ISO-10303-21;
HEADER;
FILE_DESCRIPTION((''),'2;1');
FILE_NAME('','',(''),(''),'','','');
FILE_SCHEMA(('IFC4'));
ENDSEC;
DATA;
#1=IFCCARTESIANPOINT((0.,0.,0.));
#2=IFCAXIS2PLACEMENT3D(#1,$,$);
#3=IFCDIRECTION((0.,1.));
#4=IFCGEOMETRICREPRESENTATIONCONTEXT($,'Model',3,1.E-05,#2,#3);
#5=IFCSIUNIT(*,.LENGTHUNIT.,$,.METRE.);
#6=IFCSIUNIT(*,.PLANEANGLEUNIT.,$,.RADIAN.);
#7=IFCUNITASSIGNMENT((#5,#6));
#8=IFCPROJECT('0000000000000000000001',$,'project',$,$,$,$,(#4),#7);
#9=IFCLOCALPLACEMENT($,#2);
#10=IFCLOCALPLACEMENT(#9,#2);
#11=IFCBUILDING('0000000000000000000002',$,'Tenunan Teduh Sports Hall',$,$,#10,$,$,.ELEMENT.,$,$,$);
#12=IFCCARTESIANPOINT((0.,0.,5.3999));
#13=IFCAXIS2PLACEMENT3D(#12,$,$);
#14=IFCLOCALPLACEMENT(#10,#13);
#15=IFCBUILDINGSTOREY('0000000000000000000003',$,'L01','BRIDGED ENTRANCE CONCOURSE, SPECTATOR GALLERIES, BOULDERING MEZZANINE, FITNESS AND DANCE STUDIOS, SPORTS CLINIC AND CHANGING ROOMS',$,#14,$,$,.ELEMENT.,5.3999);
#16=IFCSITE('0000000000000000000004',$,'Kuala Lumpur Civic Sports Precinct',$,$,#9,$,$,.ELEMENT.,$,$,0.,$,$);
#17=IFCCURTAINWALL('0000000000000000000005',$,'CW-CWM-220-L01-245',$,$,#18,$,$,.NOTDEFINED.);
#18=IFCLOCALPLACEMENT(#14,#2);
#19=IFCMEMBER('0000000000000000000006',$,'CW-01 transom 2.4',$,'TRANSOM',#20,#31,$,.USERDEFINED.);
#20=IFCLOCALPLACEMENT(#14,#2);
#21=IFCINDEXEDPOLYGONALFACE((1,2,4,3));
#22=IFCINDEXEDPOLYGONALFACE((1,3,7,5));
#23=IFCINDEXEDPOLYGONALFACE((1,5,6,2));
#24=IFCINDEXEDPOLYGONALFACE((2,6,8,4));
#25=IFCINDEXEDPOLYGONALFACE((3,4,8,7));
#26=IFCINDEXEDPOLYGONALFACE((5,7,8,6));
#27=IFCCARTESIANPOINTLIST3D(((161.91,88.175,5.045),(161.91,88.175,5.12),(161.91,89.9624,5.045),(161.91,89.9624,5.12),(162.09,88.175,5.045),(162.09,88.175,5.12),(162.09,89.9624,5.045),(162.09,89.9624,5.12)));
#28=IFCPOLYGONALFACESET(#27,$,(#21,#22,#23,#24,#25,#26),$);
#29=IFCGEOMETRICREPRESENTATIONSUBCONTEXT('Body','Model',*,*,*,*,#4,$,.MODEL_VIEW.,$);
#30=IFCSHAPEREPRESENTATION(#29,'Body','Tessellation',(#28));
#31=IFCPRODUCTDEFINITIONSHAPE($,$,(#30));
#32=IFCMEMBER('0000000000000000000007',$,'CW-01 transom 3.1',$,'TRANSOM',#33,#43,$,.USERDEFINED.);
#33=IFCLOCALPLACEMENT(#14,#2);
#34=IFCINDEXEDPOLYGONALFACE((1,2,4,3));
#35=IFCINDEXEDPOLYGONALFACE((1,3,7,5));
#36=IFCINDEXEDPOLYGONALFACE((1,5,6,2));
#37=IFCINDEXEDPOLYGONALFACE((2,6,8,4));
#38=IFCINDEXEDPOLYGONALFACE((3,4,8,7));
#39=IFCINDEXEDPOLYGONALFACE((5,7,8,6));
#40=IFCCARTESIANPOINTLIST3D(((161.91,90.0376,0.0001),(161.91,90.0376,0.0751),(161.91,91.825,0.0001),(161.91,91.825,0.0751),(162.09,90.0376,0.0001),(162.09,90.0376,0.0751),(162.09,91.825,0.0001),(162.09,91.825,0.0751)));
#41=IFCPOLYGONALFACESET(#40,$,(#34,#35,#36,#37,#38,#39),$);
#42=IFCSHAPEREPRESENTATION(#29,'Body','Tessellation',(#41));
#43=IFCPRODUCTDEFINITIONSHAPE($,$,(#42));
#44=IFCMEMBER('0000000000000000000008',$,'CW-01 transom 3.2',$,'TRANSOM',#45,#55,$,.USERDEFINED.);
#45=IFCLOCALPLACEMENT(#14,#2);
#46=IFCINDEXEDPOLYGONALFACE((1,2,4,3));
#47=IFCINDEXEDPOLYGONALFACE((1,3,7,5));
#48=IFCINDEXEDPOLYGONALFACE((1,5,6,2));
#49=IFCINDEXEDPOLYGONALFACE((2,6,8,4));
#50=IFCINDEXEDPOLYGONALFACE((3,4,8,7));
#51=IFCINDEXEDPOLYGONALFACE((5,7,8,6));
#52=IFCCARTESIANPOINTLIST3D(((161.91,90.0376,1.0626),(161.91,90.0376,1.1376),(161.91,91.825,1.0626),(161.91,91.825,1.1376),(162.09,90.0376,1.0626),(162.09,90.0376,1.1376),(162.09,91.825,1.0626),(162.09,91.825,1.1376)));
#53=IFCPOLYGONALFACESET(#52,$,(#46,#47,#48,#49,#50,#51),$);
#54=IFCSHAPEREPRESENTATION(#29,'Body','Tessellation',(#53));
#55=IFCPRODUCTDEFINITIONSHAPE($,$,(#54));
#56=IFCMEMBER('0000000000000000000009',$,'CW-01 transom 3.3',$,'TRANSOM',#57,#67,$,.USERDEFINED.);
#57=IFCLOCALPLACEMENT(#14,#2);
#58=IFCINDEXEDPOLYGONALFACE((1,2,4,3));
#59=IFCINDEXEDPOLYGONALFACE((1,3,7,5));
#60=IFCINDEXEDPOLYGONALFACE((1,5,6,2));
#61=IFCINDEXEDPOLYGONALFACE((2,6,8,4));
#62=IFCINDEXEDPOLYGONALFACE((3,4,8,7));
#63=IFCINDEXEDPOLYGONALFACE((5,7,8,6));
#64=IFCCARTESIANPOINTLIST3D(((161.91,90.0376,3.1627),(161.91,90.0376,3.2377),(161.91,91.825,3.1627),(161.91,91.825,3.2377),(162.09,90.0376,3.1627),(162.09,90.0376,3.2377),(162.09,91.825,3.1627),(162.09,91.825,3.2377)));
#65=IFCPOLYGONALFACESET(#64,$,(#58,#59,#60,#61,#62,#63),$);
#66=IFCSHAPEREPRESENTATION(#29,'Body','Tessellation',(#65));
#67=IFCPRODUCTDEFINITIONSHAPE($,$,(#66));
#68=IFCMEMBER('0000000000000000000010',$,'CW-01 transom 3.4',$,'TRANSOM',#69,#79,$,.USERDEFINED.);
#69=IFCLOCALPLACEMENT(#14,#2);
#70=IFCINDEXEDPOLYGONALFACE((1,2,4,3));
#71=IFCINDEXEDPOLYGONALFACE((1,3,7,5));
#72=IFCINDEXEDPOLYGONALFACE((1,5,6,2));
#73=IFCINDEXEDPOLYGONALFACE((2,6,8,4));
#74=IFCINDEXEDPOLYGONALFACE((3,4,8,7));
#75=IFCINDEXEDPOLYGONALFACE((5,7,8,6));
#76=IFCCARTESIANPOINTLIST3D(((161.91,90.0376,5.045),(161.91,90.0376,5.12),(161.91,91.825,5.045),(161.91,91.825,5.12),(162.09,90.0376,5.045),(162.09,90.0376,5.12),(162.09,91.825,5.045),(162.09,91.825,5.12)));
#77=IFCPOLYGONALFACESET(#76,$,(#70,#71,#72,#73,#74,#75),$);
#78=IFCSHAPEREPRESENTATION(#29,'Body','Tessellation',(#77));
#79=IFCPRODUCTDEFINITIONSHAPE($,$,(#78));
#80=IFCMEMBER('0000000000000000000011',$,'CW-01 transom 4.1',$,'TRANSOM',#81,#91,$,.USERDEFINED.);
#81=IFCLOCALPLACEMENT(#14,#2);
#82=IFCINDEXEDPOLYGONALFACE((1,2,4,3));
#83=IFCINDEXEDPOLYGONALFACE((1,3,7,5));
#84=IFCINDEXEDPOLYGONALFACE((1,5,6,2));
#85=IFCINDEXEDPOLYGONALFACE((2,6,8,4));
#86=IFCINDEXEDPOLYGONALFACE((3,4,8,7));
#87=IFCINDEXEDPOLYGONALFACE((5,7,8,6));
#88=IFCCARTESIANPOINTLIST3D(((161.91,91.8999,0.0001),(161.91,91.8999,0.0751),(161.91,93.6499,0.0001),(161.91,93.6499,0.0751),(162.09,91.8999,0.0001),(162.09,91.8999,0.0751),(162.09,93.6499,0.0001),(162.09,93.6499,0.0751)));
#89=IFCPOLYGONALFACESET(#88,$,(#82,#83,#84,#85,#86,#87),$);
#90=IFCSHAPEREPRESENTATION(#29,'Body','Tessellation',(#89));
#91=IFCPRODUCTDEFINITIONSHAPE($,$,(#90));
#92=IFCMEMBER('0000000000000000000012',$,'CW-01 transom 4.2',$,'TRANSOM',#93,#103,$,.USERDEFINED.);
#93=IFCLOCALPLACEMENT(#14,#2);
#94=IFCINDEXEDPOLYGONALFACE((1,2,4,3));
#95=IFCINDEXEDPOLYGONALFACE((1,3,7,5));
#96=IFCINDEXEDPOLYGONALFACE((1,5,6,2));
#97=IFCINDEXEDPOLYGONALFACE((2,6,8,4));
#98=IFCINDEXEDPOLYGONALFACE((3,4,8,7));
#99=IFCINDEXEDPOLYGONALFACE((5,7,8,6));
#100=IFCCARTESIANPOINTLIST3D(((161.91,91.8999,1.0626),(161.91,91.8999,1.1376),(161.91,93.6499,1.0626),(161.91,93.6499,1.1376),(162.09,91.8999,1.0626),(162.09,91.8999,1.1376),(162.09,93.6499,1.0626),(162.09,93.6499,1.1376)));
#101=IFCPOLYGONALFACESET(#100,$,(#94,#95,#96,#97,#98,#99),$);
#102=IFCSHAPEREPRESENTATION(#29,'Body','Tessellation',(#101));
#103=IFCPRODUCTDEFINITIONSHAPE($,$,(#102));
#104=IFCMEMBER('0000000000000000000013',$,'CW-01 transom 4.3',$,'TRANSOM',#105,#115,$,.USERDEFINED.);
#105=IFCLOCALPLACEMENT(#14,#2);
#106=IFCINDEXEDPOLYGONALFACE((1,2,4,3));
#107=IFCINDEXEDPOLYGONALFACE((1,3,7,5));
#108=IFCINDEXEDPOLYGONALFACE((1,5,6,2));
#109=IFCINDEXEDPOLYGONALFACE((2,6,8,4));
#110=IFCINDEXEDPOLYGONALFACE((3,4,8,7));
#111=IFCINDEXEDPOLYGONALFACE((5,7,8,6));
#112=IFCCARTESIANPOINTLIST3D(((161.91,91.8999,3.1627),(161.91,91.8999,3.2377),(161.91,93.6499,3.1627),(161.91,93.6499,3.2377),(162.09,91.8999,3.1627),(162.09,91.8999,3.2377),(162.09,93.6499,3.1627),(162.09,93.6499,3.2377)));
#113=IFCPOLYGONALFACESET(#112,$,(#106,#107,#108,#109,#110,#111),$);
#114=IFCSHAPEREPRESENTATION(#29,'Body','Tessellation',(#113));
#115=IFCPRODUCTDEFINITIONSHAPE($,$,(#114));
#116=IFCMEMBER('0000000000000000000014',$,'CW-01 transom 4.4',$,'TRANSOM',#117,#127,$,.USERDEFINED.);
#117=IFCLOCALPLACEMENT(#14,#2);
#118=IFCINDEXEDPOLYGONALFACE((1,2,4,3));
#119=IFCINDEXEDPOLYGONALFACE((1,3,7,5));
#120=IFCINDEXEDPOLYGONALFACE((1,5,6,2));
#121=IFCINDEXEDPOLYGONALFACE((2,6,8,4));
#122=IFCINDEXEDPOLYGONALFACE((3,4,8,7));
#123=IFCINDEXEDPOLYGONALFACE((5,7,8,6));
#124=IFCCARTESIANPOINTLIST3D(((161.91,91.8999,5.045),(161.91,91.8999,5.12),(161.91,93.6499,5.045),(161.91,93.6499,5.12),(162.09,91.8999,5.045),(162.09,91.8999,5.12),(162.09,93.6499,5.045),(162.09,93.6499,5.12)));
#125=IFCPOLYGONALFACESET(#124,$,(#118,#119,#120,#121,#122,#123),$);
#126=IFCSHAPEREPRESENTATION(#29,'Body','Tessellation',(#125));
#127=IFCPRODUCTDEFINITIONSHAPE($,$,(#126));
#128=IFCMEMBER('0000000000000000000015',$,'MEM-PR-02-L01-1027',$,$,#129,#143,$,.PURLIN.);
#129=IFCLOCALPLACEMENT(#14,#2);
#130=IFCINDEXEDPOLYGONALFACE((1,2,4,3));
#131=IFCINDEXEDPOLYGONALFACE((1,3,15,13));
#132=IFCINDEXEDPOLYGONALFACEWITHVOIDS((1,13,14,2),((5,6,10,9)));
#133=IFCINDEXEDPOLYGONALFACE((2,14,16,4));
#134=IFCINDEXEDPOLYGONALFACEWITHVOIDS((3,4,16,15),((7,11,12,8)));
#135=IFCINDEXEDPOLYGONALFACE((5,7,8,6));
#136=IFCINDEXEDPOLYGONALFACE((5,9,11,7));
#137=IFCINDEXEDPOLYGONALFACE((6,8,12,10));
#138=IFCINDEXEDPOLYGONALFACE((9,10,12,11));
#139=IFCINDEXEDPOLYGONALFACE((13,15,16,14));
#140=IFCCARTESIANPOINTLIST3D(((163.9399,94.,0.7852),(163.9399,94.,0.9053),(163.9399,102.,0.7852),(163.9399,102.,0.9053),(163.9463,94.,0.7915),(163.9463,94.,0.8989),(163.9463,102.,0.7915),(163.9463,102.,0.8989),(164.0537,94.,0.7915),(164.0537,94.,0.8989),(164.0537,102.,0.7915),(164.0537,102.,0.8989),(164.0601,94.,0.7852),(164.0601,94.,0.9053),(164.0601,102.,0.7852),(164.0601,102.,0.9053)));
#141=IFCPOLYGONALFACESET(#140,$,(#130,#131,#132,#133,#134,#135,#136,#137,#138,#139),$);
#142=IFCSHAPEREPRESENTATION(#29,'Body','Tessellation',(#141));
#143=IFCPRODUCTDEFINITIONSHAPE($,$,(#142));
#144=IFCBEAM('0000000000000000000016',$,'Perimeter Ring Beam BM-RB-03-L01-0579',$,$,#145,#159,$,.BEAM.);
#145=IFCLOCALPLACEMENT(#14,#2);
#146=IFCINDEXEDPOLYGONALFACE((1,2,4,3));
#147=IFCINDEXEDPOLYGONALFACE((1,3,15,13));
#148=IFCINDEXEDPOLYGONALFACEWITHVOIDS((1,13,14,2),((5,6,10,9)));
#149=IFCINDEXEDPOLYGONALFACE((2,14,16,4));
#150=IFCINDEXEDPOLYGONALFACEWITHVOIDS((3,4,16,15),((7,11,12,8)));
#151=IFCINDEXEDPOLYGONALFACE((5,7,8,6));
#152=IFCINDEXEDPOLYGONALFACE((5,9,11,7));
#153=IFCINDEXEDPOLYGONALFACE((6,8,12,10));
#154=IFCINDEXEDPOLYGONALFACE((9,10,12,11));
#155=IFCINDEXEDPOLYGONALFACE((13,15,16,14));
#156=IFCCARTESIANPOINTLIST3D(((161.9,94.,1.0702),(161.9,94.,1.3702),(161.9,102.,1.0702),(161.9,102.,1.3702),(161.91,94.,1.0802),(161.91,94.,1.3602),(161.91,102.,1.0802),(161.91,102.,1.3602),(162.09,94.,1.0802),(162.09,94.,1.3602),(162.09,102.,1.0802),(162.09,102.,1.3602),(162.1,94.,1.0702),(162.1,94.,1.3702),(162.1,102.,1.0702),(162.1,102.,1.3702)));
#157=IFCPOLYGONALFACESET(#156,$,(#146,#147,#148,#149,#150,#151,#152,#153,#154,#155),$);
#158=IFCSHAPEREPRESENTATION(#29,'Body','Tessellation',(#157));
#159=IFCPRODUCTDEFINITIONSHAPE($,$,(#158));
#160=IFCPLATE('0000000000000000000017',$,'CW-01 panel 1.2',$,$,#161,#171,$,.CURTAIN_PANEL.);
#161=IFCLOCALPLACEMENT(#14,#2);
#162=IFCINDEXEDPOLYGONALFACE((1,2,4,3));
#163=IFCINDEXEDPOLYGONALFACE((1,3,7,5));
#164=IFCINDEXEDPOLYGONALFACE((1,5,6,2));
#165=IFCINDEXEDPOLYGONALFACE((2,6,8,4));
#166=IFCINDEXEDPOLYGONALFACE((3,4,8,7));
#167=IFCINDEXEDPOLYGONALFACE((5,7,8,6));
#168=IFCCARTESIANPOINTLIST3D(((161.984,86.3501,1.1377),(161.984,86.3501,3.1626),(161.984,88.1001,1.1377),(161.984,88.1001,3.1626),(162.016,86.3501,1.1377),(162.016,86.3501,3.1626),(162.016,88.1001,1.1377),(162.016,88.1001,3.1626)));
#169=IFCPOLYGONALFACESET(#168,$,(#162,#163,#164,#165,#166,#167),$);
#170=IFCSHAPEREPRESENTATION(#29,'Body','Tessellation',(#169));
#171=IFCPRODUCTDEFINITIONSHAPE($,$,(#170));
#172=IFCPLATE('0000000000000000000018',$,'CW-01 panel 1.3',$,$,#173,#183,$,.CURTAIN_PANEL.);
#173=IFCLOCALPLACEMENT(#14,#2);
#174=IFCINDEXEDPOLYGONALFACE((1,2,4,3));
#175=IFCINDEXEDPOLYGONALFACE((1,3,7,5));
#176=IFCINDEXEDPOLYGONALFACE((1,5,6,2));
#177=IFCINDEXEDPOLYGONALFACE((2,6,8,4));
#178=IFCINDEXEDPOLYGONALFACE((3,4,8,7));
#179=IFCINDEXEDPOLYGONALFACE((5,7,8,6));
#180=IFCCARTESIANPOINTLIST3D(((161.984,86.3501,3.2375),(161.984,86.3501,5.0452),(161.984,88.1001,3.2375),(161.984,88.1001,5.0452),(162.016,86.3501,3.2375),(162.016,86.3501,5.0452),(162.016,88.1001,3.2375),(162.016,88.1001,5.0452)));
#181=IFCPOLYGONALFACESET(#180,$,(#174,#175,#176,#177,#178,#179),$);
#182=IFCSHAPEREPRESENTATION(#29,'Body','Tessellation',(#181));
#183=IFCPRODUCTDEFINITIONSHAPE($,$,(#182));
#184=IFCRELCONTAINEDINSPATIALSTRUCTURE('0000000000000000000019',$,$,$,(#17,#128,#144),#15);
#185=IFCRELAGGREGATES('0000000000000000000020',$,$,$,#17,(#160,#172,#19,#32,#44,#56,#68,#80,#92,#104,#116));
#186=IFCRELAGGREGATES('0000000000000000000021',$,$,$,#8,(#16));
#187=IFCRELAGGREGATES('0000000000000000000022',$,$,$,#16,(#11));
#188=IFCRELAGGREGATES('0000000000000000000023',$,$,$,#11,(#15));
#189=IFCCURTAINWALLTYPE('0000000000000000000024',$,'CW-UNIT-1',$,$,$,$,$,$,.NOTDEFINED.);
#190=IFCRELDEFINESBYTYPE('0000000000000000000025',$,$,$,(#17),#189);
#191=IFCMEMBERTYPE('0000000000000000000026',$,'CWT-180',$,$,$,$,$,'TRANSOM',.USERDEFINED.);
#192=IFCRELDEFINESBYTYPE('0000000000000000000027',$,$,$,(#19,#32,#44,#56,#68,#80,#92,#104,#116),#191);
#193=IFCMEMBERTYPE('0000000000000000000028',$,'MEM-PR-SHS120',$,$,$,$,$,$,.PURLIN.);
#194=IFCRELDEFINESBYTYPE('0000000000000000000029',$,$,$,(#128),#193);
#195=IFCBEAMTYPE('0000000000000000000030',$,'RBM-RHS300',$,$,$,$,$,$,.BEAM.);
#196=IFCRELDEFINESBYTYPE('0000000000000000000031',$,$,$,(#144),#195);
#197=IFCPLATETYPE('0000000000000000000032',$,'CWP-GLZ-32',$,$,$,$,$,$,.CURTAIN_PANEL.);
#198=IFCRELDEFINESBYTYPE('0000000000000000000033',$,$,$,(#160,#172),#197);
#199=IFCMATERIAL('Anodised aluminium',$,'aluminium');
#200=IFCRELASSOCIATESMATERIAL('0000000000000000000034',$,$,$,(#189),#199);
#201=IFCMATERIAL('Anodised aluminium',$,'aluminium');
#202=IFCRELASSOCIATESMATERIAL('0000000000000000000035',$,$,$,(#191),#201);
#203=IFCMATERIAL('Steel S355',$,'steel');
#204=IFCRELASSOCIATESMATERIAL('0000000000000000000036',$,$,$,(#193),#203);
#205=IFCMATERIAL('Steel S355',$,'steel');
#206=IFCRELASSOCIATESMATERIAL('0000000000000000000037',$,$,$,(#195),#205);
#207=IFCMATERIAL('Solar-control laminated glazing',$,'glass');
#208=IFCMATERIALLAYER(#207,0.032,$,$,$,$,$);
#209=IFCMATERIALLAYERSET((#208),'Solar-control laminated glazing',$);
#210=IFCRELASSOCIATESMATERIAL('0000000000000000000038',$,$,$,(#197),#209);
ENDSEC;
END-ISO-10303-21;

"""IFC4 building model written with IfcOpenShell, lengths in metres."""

from ifc_helpers import new_model, si_unit, direction, frame, origin, origin_2d, place, context, subcontext, project, spatial, rectangle, hollow_rectangle, extrude, material, layer, layer_set, material_profile, profile_set, type_object, element, aggregate, save


model = new_model("IFC4")

# Units and contexts
model_context = context("Model", 3, precision=1e-05, world=origin(), true_north=direction((0.0, 1.0)))
body_context = subcontext(model_context, "Body", "Model", "MODEL_VIEW")
ifc_project = project(units=[si_unit("LENGTHUNIT", "METRE"), si_unit("PLANEANGLEUNIT", "RADIAN")], contexts=[model_context])

# Site, building, storey
site_placement = place(None, origin())
site = spatial("IfcSite", under=ifc_project, at=site_placement, Name="Kuala Lumpur Civic Sports Precinct", CompositionType="ELEMENT", RefElevation=0.0)
building_placement = place(site_placement, origin())
building = spatial("IfcBuilding", under=site, at=building_placement, Name="Tenunan Teduh Sports Hall", CompositionType="ELEMENT")
storey_placement = place(building_placement, frame((0.0, 0.0, 5.3999)))
storey = spatial("IfcBuildingStorey", under=building, at=storey_placement, Name="L01", Description="BRIDGED ENTRANCE CONCOURSE, SPECTATOR GALLERIES, BOULDERING MEZZANINE, FITNESS AND DANCE STUDIOS, SPORTS CLINIC AND CHANGING ROOMS", CompositionType="ELEMENT", Elevation=5.3999)

# Curtain wall, members
ifc_material_1 = material(Name="Anodised aluminium", Category="aluminium")
curtain_wall_type = type_object("IfcCurtainWallType", Name="CW-UNIT-1", PredefinedType="NOTDEFINED", material=ifc_material_1)
curtain_wall_placement = place(storey_placement, origin())
curtain_wall = element("IfcCurtainWall", 1, at=curtain_wall_placement, inside=storey, type_object=curtain_wall_type, Name="CW-CWM-220-L01-245", PredefinedType="NOTDEFINED")
ifc_material_2 = material(Name="Anodised aluminium", Category="aluminium")
ifc_material_profile_1 = material_profile(ifc_material_2, rectangle(XDim=0.075, YDim=0.1799, at=origin_2d()), Name="CWT 75x180")
ifc_profile_set_1 = profile_set([ifc_material_profile_1], Name="Anodised aluminium")
member_type_1 = type_object("IfcMemberType", Name="CWT-180", ElementType="TRANSOM", PredefinedType="USERDEFINED", material=ifc_profile_set_1)
member_1_placement = place(storey_placement, frame((162.0, 88.175, 5.0825), z_axis=(0.0, 1.0, 0.0), x_axis=(0.0, 0.0, 1.0)))
member_1 = element("IfcMember", 2, at=member_1_placement, type_object=member_type_1, Name="CW-01 transom 2.4", ObjectType="TRANSOM", PredefinedType="USERDEFINED", context=body_context, shape_type="SweptSolid", body=[
    extrude(rectangle(XDim=0.075, YDim=0.1799, at=origin_2d()), origin(), (0.0, 0.0, 1.0), 1.7874),
])
member_2_placement = place(storey_placement, frame((162.0, 90.0376, 0.0376), z_axis=(0.0, 1.0, 0.0), x_axis=(0.0, 0.0, 1.0)))
member_2 = element("IfcMember", 3, at=member_2_placement, type_object=member_type_1, Name="CW-01 transom 3.1", ObjectType="TRANSOM", PredefinedType="USERDEFINED", context=body_context, shape_type="SweptSolid", body=[
    extrude(rectangle(XDim=0.075, YDim=0.1799, at=origin_2d()), origin(), (0.0, 0.0, 1.0), 1.7874),
])
member_3_placement = place(storey_placement, frame((162.0, 90.0376, 1.1001), z_axis=(0.0, 1.0, 0.0), x_axis=(0.0, 0.0, 1.0)))
member_3 = element("IfcMember", 4, at=member_3_placement, type_object=member_type_1, Name="CW-01 transom 3.2", ObjectType="TRANSOM", PredefinedType="USERDEFINED", context=body_context, shape_type="SweptSolid", body=[
    extrude(rectangle(XDim=0.075, YDim=0.1799, at=origin_2d()), origin(), (0.0, 0.0, 1.0), 1.7874),
])
member_4_placement = place(storey_placement, frame((162.0, 90.0376, 3.2002), z_axis=(0.0, 1.0, 0.0), x_axis=(0.0, 0.0, 1.0)))
member_4 = element("IfcMember", 5, at=member_4_placement, type_object=member_type_1, Name="CW-01 transom 3.3", ObjectType="TRANSOM", PredefinedType="USERDEFINED", context=body_context, shape_type="SweptSolid", body=[
    extrude(rectangle(XDim=0.075, YDim=0.1799, at=origin_2d()), origin(), (0.0, 0.0, 1.0), 1.7874),
])
member_5_placement = place(storey_placement, frame((162.0, 90.0376, 5.0825), z_axis=(0.0, 1.0, 0.0), x_axis=(0.0, 0.0, 1.0)))
member_5 = element("IfcMember", 6, at=member_5_placement, type_object=member_type_1, Name="CW-01 transom 3.4", ObjectType="TRANSOM", PredefinedType="USERDEFINED", context=body_context, shape_type="SweptSolid", body=[
    extrude(rectangle(XDim=0.075, YDim=0.1799, at=origin_2d()), origin(), (0.0, 0.0, 1.0), 1.7874),
])
member_6_placement = place(storey_placement, frame((162.0, 91.8999, 0.0376), z_axis=(0.0, 1.0, 0.0), x_axis=(0.0, 0.0, 1.0)))
member_6 = element("IfcMember", 7, at=member_6_placement, type_object=member_type_1, Name="CW-01 transom 4.1", ObjectType="TRANSOM", PredefinedType="USERDEFINED", context=body_context, shape_type="SweptSolid", body=[
    extrude(rectangle(XDim=0.075, YDim=0.1799, at=origin_2d()), origin(), (0.0, 0.0, 1.0), 1.75),
])
member_7_placement = place(storey_placement, frame((162.0, 91.8999, 1.1001), z_axis=(0.0, 1.0, 0.0), x_axis=(0.0, 0.0, 1.0)))
member_7 = element("IfcMember", 8, at=member_7_placement, type_object=member_type_1, Name="CW-01 transom 4.2", ObjectType="TRANSOM", PredefinedType="USERDEFINED", context=body_context, shape_type="SweptSolid", body=[
    extrude(rectangle(XDim=0.075, YDim=0.1799, at=origin_2d()), origin(), (0.0, 0.0, 1.0), 1.75),
])
member_8_placement = place(storey_placement, frame((162.0, 91.8999, 3.2002), z_axis=(0.0, 1.0, 0.0), x_axis=(0.0, 0.0, 1.0)))
member_8 = element("IfcMember", 9, at=member_8_placement, type_object=member_type_1, Name="CW-01 transom 4.3", ObjectType="TRANSOM", PredefinedType="USERDEFINED", context=body_context, shape_type="SweptSolid", body=[
    extrude(rectangle(XDim=0.075, YDim=0.1799, at=origin_2d()), origin(), (0.0, 0.0, 1.0), 1.75),
])
member_9_placement = place(storey_placement, frame((162.0, 91.8999, 5.0825), z_axis=(0.0, 1.0, 0.0), x_axis=(0.0, 0.0, 1.0)))
member_9 = element("IfcMember", 10, at=member_9_placement, type_object=member_type_1, Name="CW-01 transom 4.4", ObjectType="TRANSOM", PredefinedType="USERDEFINED", context=body_context, shape_type="SweptSolid", body=[
    extrude(rectangle(XDim=0.075, YDim=0.1799, at=origin_2d()), origin(), (0.0, 0.0, 1.0), 1.75),
])

# Member
ifc_material_3 = material(Name="Steel S355", Category="steel")
ifc_material_profile_2 = material_profile(ifc_material_3, hollow_rectangle(XDim=0.1201, YDim=0.1201, WallThickness=0.0063, at=origin_2d()), Name="SHS 120x120x6.3")
ifc_profile_set_2 = profile_set([ifc_material_profile_2], Name="Steel S355")
member_type_2 = type_object("IfcMemberType", Name="MEM-PR-SHS120", PredefinedType="PURLIN", material=ifc_profile_set_2)
member_10_placement = place(storey_placement, frame((164.0, 94.0, 0.8452), z_axis=(0.0, 1.0, 0.0), x_axis=(-1.0, 0.0, 0.0)))
element("IfcMember", 11, at=member_10_placement, inside=storey, type_object=member_type_2, Name="MEM-PR-02-L01-1027", PredefinedType="PURLIN", context=body_context, shape_type="SweptSolid", body=[
    extrude(hollow_rectangle(XDim=0.1201, YDim=0.1201, WallThickness=0.0063, at=origin_2d()), origin(), (0.0, 0.0, 1.0), 8.0),
])

# Beam
ifc_material_4 = material(Name="Steel S355", Category="steel")
ifc_material_profile_3 = material_profile(ifc_material_4, hollow_rectangle(XDim=0.2, YDim=0.3, WallThickness=0.01, at=origin_2d()), Name="RHS 300x200x10.0")
ifc_profile_set_3 = profile_set([ifc_material_profile_3], Name="Steel S355")
beam_type_1 = type_object("IfcBeamType", Name="RBM-RHS300", PredefinedType="BEAM", material=ifc_profile_set_3)
beam_1_placement = place(storey_placement, frame((162.0, 94.0, 1.2202), z_axis=(0.0, 1.0, 0.0), x_axis=(-1.0, 0.0, 0.0)))
element("IfcBeam", 12, at=beam_1_placement, inside=storey, type_object=beam_type_1, Name="Perimeter Ring Beam BM-RB-03-L01-0579", PredefinedType="BEAM", context=body_context, shape_type="SweptSolid", body=[
    extrude(hollow_rectangle(XDim=0.2, YDim=0.3, WallThickness=0.01, at=origin_2d()), origin(), (0.0, 0.0, 1.0), 8.0),
])

# Plates
ifc_material_5 = material(Name="Solar-control laminated glazing", Category="glass")
ifc_layer_1 = layer(ifc_material_5, 0.032)
ifc_layer_set_1 = layer_set([ifc_layer_1], Name="Solar-control laminated glazing")
plate_type_1 = type_object("IfcPlateType", Name="CWP-GLZ-32", PredefinedType="CURTAIN_PANEL", material=ifc_layer_set_1)
plate_1_placement = place(storey_placement, frame((162.0, 87.2251, 1.1377), z_axis=(0.0, 0.0, 1.0), x_axis=(0.0, 1.0, 0.0)))
plate_1 = element("IfcPlate", 13, at=plate_1_placement, type_object=plate_type_1, Name="CW-01 panel 1.2", PredefinedType="CURTAIN_PANEL", context=body_context, shape_type="SweptSolid", body=[
    extrude(rectangle(XDim=1.75, YDim=0.032, at=origin_2d()), origin(), (0.0, 0.0, 1.0), 2.0249),
])
plate_2_placement = place(storey_placement, frame((162.0, 87.2251, 3.2375), z_axis=(0.0, 0.0, 1.0), x_axis=(0.0, 1.0, 0.0)))
plate_2 = element("IfcPlate", 14, at=plate_2_placement, type_object=plate_type_1, Name="CW-01 panel 1.3", PredefinedType="CURTAIN_PANEL", context=body_context, shape_type="SweptSolid", body=[
    extrude(rectangle(XDim=1.75, YDim=0.032, at=origin_2d()), origin(), (0.0, 0.0, 1.0), 1.8076),
])
aggregate(curtain_wall, [plate_1, plate_2, member_1, member_2, member_3, member_4, member_5, member_6, member_7, member_8, member_9])

save(model, "model.ifc")
